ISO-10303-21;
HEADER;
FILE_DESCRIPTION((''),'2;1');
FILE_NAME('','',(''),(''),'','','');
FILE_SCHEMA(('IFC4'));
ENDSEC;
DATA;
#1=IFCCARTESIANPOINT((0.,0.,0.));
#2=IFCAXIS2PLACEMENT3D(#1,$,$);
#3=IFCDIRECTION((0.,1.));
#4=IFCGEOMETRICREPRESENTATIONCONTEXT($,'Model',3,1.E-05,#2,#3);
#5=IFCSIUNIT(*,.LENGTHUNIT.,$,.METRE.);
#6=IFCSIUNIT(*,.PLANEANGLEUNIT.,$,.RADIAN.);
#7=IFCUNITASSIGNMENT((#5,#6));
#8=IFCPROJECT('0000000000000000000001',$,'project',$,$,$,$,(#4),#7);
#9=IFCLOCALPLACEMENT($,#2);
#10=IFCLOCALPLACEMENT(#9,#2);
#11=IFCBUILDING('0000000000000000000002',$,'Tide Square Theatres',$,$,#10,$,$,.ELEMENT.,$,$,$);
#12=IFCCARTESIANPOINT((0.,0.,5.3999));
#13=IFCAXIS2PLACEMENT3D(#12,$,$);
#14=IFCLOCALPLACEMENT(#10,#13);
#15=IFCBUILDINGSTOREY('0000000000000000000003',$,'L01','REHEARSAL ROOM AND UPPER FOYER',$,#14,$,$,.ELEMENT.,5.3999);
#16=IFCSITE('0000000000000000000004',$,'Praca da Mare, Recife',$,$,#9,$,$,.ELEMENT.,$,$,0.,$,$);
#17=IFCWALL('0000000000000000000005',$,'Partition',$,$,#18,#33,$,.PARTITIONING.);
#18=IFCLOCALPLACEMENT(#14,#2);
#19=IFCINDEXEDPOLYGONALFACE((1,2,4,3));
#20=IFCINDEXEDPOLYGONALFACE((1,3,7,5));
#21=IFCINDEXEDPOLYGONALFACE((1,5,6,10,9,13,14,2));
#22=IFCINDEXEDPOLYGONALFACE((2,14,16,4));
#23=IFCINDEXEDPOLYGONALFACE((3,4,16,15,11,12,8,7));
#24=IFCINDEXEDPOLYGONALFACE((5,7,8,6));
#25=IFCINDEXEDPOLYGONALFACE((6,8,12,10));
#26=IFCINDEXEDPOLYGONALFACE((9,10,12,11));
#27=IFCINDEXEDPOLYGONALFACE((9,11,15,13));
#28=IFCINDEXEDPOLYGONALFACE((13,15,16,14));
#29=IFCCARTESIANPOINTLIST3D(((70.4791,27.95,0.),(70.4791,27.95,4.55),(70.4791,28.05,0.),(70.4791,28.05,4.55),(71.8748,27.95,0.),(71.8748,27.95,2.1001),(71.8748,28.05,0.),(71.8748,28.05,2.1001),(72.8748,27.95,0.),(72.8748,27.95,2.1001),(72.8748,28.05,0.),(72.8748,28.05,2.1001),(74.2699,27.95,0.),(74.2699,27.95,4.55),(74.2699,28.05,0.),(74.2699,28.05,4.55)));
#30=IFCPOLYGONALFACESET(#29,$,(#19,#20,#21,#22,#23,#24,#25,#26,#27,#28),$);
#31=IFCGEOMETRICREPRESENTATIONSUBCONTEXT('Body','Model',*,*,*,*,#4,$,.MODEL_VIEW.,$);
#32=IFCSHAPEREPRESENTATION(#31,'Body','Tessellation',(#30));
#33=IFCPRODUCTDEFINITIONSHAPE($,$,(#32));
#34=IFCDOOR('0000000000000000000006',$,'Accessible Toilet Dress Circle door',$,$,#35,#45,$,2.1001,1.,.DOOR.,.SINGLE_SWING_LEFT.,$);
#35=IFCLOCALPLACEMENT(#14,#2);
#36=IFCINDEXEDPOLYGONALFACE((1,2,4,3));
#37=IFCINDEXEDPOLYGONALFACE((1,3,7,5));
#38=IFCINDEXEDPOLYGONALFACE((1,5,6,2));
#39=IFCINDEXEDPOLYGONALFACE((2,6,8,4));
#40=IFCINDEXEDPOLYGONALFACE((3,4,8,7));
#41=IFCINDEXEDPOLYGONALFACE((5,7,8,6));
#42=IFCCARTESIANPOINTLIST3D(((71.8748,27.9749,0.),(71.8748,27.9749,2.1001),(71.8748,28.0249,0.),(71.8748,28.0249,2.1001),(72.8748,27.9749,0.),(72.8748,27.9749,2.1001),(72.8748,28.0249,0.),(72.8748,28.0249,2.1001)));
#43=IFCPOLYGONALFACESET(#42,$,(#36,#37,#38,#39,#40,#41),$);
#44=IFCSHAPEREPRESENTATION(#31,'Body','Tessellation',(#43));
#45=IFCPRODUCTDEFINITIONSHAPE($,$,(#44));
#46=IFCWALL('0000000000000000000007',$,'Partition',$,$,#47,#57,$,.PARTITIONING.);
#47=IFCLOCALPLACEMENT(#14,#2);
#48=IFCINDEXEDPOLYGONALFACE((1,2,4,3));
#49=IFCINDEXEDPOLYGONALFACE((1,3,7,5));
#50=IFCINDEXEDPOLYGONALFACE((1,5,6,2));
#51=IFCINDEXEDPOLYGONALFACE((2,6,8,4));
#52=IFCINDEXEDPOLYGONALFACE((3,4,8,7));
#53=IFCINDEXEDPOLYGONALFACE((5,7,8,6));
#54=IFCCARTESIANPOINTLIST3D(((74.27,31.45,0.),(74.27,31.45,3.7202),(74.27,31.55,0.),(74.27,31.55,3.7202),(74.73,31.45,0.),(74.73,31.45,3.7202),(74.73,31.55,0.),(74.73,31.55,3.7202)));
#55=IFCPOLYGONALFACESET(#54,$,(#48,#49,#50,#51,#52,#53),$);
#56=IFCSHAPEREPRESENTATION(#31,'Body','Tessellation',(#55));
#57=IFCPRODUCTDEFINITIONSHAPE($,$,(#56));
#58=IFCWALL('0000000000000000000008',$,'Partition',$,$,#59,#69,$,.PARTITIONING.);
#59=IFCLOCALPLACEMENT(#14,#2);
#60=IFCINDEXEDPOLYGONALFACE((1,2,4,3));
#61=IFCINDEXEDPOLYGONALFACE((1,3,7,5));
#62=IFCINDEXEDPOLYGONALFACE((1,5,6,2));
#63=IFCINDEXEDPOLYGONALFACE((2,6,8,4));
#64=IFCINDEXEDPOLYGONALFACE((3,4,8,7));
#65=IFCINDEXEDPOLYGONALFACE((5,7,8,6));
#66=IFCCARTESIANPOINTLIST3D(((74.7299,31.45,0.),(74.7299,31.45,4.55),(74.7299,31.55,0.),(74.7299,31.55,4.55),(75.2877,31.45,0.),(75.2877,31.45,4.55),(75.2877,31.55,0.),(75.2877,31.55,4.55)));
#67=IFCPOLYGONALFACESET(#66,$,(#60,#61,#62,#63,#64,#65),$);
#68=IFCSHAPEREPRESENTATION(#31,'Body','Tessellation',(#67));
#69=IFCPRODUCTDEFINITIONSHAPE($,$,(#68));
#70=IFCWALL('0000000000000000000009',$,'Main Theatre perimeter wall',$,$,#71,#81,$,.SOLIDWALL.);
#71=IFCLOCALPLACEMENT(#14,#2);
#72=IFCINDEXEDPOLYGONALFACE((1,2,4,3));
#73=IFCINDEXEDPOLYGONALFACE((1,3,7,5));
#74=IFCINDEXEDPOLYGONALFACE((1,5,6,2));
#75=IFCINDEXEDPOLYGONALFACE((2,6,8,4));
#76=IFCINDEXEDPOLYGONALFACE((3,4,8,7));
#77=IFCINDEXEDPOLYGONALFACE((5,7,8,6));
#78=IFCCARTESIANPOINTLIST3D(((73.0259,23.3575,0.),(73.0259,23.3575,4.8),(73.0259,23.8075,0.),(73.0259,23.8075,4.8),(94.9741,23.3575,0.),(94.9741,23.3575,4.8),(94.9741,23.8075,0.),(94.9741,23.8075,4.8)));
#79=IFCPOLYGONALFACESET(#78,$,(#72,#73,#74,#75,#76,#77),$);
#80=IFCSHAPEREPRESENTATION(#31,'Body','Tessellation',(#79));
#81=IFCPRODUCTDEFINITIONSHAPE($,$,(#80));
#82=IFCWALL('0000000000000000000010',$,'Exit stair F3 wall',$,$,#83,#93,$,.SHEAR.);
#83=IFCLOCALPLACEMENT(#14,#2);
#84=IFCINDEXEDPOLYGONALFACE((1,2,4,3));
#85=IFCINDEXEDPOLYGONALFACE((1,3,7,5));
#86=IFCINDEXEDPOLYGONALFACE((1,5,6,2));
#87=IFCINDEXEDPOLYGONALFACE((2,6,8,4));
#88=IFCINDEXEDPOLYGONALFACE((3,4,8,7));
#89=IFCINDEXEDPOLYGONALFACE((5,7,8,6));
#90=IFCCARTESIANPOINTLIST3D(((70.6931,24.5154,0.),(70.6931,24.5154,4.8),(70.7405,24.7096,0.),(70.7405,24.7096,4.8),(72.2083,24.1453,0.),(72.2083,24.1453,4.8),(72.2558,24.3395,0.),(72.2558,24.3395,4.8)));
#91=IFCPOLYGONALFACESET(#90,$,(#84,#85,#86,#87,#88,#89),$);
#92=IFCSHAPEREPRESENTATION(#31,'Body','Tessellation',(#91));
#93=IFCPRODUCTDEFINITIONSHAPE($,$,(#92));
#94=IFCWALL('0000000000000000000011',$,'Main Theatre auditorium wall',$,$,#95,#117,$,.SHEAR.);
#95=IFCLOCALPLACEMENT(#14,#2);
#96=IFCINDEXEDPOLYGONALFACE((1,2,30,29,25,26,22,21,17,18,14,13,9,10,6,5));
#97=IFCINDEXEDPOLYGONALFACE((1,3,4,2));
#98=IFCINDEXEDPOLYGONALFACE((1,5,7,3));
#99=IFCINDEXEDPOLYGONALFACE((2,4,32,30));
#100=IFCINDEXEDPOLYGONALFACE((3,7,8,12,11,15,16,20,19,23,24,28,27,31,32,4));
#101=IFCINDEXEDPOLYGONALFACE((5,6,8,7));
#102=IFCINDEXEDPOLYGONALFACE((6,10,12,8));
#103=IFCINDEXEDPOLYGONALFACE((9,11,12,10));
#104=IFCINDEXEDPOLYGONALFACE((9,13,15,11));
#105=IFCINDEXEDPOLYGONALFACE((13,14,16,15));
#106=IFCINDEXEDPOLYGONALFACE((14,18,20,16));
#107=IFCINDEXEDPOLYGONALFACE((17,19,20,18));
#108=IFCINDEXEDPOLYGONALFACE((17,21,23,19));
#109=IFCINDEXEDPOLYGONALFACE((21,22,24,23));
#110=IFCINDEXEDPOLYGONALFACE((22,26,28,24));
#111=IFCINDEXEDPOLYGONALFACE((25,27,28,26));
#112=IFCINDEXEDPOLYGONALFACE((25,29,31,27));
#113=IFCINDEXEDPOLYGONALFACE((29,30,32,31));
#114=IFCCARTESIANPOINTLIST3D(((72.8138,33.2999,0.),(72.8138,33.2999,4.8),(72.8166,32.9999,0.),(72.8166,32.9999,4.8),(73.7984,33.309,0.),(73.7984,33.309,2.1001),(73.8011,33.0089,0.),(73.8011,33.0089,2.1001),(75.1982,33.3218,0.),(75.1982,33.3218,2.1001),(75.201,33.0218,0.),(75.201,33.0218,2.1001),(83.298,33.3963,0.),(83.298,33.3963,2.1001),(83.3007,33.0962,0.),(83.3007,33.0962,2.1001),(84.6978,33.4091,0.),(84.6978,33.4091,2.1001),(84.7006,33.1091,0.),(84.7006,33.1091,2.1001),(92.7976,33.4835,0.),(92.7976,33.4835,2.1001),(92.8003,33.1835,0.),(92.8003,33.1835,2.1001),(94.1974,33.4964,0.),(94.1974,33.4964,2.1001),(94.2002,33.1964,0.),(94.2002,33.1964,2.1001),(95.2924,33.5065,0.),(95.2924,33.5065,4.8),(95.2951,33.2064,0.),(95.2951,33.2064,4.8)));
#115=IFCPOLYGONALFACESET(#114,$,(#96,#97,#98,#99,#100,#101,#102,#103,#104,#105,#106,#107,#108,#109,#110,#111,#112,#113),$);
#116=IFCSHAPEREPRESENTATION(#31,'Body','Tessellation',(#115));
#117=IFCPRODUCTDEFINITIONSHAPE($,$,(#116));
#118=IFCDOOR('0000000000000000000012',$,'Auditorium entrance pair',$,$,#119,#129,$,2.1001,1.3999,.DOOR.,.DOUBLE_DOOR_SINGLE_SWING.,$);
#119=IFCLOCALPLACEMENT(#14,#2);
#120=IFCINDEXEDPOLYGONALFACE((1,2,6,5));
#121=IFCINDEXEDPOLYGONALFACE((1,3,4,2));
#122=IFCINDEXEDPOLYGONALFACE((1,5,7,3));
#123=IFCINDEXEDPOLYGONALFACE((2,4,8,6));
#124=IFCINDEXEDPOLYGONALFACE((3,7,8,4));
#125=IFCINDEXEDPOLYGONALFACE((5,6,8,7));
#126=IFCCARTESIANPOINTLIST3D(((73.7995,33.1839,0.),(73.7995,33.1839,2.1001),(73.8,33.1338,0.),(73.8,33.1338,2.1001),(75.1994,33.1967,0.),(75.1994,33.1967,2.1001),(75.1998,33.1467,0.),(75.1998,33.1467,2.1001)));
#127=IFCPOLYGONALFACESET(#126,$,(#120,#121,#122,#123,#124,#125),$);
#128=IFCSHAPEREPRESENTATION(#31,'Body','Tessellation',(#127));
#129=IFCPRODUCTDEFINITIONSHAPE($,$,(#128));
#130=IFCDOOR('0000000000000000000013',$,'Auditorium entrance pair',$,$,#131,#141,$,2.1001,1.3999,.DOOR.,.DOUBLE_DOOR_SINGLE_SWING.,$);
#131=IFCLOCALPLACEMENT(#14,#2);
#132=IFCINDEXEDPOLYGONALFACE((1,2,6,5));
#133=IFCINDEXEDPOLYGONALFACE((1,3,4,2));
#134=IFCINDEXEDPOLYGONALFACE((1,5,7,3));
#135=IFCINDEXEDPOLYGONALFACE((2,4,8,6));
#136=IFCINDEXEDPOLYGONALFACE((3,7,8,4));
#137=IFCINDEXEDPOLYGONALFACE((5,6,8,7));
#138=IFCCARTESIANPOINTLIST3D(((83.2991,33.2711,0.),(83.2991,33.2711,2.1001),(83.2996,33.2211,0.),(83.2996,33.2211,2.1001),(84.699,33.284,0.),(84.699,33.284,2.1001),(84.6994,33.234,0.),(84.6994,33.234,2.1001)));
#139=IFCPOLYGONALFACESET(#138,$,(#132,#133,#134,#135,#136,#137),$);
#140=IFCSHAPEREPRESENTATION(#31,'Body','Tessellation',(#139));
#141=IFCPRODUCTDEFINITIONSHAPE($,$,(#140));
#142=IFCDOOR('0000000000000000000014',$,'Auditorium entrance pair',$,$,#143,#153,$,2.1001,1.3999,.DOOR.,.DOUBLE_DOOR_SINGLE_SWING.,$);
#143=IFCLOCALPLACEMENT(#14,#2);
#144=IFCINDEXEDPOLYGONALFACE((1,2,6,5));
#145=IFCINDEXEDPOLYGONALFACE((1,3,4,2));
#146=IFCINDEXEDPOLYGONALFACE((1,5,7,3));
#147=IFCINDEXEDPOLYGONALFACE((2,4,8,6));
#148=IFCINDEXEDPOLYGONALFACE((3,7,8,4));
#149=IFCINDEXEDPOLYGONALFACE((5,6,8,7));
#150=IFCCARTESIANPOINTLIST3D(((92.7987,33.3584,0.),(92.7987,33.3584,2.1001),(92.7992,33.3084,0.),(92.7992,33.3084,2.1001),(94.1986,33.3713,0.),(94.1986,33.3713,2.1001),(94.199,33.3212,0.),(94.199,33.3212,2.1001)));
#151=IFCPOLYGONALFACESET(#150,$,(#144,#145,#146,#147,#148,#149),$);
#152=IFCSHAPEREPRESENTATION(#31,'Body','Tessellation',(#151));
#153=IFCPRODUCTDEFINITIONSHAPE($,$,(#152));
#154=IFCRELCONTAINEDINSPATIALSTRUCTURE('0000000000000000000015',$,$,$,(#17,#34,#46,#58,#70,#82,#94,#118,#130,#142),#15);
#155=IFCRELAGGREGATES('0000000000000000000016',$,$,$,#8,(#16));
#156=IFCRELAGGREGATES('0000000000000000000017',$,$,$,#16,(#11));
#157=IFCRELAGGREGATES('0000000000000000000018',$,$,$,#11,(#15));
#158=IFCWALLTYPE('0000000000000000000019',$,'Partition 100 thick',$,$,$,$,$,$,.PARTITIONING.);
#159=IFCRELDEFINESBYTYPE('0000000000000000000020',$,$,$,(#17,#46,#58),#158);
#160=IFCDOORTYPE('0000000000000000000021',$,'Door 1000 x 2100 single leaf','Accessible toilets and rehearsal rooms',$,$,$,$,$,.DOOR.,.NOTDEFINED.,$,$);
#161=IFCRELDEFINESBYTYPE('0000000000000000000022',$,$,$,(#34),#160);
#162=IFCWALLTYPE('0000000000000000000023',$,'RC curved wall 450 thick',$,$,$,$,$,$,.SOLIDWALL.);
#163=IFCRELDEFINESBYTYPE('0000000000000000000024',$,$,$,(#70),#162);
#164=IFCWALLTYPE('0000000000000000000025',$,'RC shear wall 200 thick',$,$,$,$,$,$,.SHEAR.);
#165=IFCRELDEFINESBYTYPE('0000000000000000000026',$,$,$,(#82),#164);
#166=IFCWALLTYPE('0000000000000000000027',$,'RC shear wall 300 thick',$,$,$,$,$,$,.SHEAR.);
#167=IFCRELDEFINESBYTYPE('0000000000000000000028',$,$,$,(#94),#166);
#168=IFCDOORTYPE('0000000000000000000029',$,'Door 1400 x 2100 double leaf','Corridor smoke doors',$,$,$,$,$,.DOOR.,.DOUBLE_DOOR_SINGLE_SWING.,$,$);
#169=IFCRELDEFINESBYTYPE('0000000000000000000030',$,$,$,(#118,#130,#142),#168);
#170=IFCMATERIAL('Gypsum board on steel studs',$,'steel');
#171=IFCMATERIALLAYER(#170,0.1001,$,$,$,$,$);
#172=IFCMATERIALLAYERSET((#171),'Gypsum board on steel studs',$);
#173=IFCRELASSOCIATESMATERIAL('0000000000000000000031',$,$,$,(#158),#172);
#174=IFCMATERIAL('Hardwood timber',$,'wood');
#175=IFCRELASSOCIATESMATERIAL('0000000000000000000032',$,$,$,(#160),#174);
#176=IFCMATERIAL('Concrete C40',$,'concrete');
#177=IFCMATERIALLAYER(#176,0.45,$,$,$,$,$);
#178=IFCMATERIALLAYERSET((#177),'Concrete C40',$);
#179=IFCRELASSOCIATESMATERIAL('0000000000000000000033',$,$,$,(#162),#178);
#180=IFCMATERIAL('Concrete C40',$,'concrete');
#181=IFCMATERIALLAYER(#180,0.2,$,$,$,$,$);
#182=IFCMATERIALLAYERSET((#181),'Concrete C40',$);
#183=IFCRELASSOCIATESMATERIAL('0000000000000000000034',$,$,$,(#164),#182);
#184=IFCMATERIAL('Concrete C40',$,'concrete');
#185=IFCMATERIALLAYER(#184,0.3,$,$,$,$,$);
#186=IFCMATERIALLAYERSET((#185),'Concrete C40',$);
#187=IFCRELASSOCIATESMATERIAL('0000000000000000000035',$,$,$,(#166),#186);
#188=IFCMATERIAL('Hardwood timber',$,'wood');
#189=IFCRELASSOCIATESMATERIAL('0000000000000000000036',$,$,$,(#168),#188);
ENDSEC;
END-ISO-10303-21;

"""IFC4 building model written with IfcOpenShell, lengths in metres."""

from ifc_helpers import new_model, si_unit, direction, frame, frame_2d, origin, place, context, subcontext, project, spatial, rectangle, extrude, material, layer, layer_set, type_object, element, fill, save


model = new_model("IFC4")

# Units and contexts
model_context = context("Model", 3, precision=1e-05, world=origin(), true_north=direction((0.0, 1.0)))
body_context = subcontext(model_context, "Body", "Model", "MODEL_VIEW")
ifc_project = project(units=[si_unit("LENGTHUNIT", "METRE"), si_unit("PLANEANGLEUNIT", "RADIAN")], contexts=[model_context])

# Site, building, storey
site_placement = place(None, origin())
site = spatial("IfcSite", under=ifc_project, at=site_placement, Name="Praca da Mare, Recife", CompositionType="ELEMENT", RefElevation=0.0)
building_placement = place(site_placement, origin())
building = spatial("IfcBuilding", under=site, at=building_placement, Name="Tide Square Theatres", CompositionType="ELEMENT")
storey_placement = place(building_placement, frame((0.0, 0.0, 5.3999)))
storey = spatial("IfcBuildingStorey", under=building, at=storey_placement, Name="L01", Description="REHEARSAL ROOM AND UPPER FOYER", CompositionType="ELEMENT", Elevation=5.3999)

# Shared definitions
ifc_material_1 = material(Name="Gypsum board on steel studs", Category="steel")
ifc_layer_1 = layer(ifc_material_1, 0.1001)
ifc_layer_set_1 = layer_set([ifc_layer_1], Name="Gypsum board on steel studs")
wall_type_1 = type_object("IfcWallType", Name="Partition 100 thick", PredefinedType="PARTITIONING", material=ifc_layer_set_1)

# Wall, opening, door
wall_1_placement = place(storey_placement, frame((74.27, 28.0, 0.0), z_axis=(0.0, 0.0, 1.0), x_axis=(-1.0, 0.0, 0.0)))
wall_1 = element("IfcWall", 1, at=wall_1_placement, inside=storey, type_object=wall_type_1, Name="Partition", PredefinedType="PARTITIONING", context=body_context, shape_type="SweptSolid", body=[
    extrude(rectangle(XDim=3.7908, YDim=0.1001, at=frame_2d((1.8955, 0.0))), origin(), (0.0, 0.0, 1.0), 4.55),
])
opening_1_placement = place(wall_1_placement, frame((1.3953, 0.0, 0.0)))
opening_1 = element("IfcOpeningElement", 2, at=opening_1_placement, cuts=wall_1, PredefinedType="OPENING", context=body_context, shape_type="SweptSolid", body=[
    extrude(rectangle(XDim=1.0, YDim=2.1001, at=frame_2d((0.5, 1.05))), frame((0.0, 0.0601, 0.0), z_axis=(0.0, -1.0, 0.0), x_axis=(1.0, 0.0, 0.0)), (0.0, 0.0, 1.0), 0.1201),
])
ifc_material_2 = material(Name="Hardwood timber", Category="wood")
door_type_1 = type_object("IfcDoorType", Name="Door 1000 x 2100 single leaf", Description="Accessible toilets and rehearsal rooms", OperationType="NOTDEFINED", PredefinedType="DOOR", material=ifc_material_2)
door_1_placement = place(opening_1_placement, frame((1.0, 0.0, 0.0), z_axis=(0.0, 0.0, 1.0), x_axis=(-1.0, 0.0, 0.0)))
door_1 = element("IfcDoor", 3, at=door_1_placement, inside=storey, type_object=door_type_1, Name="Accessible Toilet Dress Circle door", OperationType="SINGLE_SWING_LEFT", OverallHeight=2.1001, OverallWidth=1.0, PredefinedType="DOOR", context=body_context, shape_type="SweptSolid", body=[
    extrude(rectangle(XDim=1.0, YDim=2.1001, at=frame_2d((0.5, 1.05))), frame((0.0, 0.0249, 0.0), z_axis=(0.0, -1.0, 0.0), x_axis=(1.0, 0.0, 0.0)), (0.0, 0.0, 1.0), 0.05),
])
fill(opening_1, door_1)

# Walls
wall_2_placement = place(storey_placement, frame((74.27, 31.5, 0.0), z_axis=(0.0, 0.0, 1.0), x_axis=(1.0, 0.0, 0.0)))
element("IfcWall", 4, at=wall_2_placement, inside=storey, type_object=wall_type_1, Name="Partition", PredefinedType="PARTITIONING", context=body_context, shape_type="SweptSolid", body=[
    extrude(rectangle(XDim=0.46, YDim=0.1001, at=frame_2d((0.23, 0.0))), origin(), (0.0, 0.0, 1.0), 3.7202),
])
wall_3_placement = place(storey_placement, frame((74.73, 31.5, 0.0), z_axis=(0.0, 0.0, 1.0), x_axis=(1.0, 0.0, 0.0)))
element("IfcWall", 5, at=wall_3_placement, inside=storey, type_object=wall_type_1, Name="Partition", PredefinedType="PARTITIONING", context=body_context, shape_type="SweptSolid", body=[
    extrude(rectangle(XDim=0.5579, YDim=0.1001, at=frame_2d((0.2788, 0.0))), origin(), (0.0, 0.0, 1.0), 4.55),
])
ifc_material_3 = material(Name="Concrete C40", Category="concrete")
ifc_layer_2 = layer(ifc_material_3, 0.45)
ifc_layer_set_2 = layer_set([ifc_layer_2], Name="Concrete C40")
wall_type_2 = type_object("IfcWallType", Name="RC curved wall 450 thick", PredefinedType="SOLIDWALL", material=ifc_layer_set_2)
wall_4_placement = place(storey_placement, frame((73.0259, 23.5825, 0.0), z_axis=(0.0, 0.0, 1.0), x_axis=(1.0, 0.0, 0.0)))
element("IfcWall", 6, at=wall_4_placement, inside=storey, type_object=wall_type_2, Name="Main Theatre perimeter wall", PredefinedType="SOLIDWALL", context=body_context, shape_type="SweptSolid", body=[
    extrude(rectangle(XDim=21.9482, YDim=0.45, at=frame_2d((10.9741, 0.0))), origin(), (0.0, 0.0, 1.0), 4.8),
])
ifc_material_4 = material(Name="Concrete C40", Category="concrete")
ifc_layer_3 = layer(ifc_material_4, 0.2)
ifc_layer_set_3 = layer_set([ifc_layer_3], Name="Concrete C40")
wall_type_3 = type_object("IfcWallType", Name="RC shear wall 200 thick", PredefinedType="SHEAR", material=ifc_layer_set_3)
wall_5_placement = place(storey_placement, frame((72.2319, 24.2424, 0.0), z_axis=(0.0, 0.0, 1.0), x_axis=(-0.971445, 0.237266, 0.0)))
element("IfcWall", 7, at=wall_5_placement, inside=storey, type_object=wall_type_3, Name="Exit stair F3 wall", PredefinedType="SHEAR", context=body_context, shape_type="SweptSolid", body=[
    extrude(rectangle(XDim=1.5598, YDim=0.2, at=frame_2d((0.7798, 0.0))), origin(), (0.0, 0.0, 1.0), 4.8),
])

# Wall, openings, doors
ifc_material_5 = material(Name="Concrete C40", Category="concrete")
ifc_layer_4 = layer(ifc_material_5, 0.3)
ifc_layer_set_4 = layer_set([ifc_layer_4], Name="Concrete C40")
wall_type_4 = type_object("IfcWallType", Name="RC shear wall 300 thick", PredefinedType="SHEAR", material=ifc_layer_set_4)
wall_6_placement = place(storey_placement, frame((72.8152, 33.1499, 0.0), z_axis=(0.0, 0.0, 1.0), x_axis=(0.999958, 0.009188, 0.0)))
wall_6 = element("IfcWall", 8, at=wall_6_placement, inside=storey, type_object=wall_type_4, Name="Main Theatre auditorium wall", PredefinedType="SHEAR", context=body_context, shape_type="SweptSolid", body=[
    extrude(rectangle(XDim=22.4795, YDim=0.3, at=frame_2d((11.2397, 0.0))), origin(), (0.0, 0.0, 1.0), 4.8),
])
opening_2_placement = place(wall_6_placement, frame((0.9846, 0.0, 0.0)))
opening_2 = element("IfcOpeningElement", 9, at=opening_2_placement, cuts=wall_6, PredefinedType="OPENING", context=body_context, shape_type="SweptSolid", body=[
    extrude(rectangle(XDim=1.3999, YDim=2.1001, at=frame_2d((0.7, 1.05))), frame((0.0, 0.1599, 0.0), z_axis=(0.0, -1.0, 0.0), x_axis=(1.0, 0.0, 0.0)), (0.0, 0.0, 1.0), 0.3201),
])
opening_3_placement = place(wall_6_placement, frame((10.4846, 0.0, 0.0)))
opening_3 = element("IfcOpeningElement", 10, at=opening_3_placement, cuts=wall_6, PredefinedType="OPENING", context=body_context, shape_type="SweptSolid", body=[
    extrude(rectangle(XDim=1.3999, YDim=2.1001, at=frame_2d((0.7, 1.05))), frame((0.0, 0.1599, 0.0), z_axis=(0.0, -1.0, 0.0), x_axis=(1.0, 0.0, 0.0)), (0.0, 0.0, 1.0), 0.3201),
])
opening_4_placement = place(wall_6_placement, frame((19.9846, 0.0, 0.0)))
opening_4 = element("IfcOpeningElement", 11, at=opening_4_placement, cuts=wall_6, PredefinedType="OPENING", context=body_context, shape_type="SweptSolid", body=[
    extrude(rectangle(XDim=1.3999, YDim=2.1001, at=frame_2d((0.7, 1.05))), frame((0.0, 0.1599, 0.0), z_axis=(0.0, -1.0, 0.0), x_axis=(1.0, 0.0, 0.0)), (0.0, 0.0, 1.0), 0.3201),
])
ifc_material_6 = material(Name="Hardwood timber", Category="wood")
door_type_2 = type_object("IfcDoorType", Name="Door 1400 x 2100 double leaf", Description="Corridor smoke doors", OperationType="DOUBLE_DOOR_SINGLE_SWING", PredefinedType="DOOR", material=ifc_material_6)
door_2_placement = place(opening_2_placement, origin())
door_2 = element("IfcDoor", 12, at=door_2_placement, inside=storey, type_object=door_type_2, Name="Auditorium entrance pair", OperationType="DOUBLE_DOOR_SINGLE_SWING", OverallHeight=2.1001, OverallWidth=1.3999, PredefinedType="DOOR", context=body_context, shape_type="SweptSolid", body=[
    extrude(rectangle(XDim=1.3999, YDim=2.1001, at=frame_2d((0.7, 1.05))), frame((0.0, 0.0249, 0.0), z_axis=(0.0, -1.0, 0.0), x_axis=(1.0, 0.0, 0.0)), (0.0, 0.0, 1.0), 0.05),
])
fill(opening_2, door_2)
door_3_placement = place(opening_3_placement, origin())
door_3 = element("IfcDoor", 13, at=door_3_placement, inside=storey, type_object=door_type_2, Name="Auditorium entrance pair", OperationType="DOUBLE_DOOR_SINGLE_SWING", OverallHeight=2.1001, OverallWidth=1.3999, PredefinedType="DOOR", context=body_context, shape_type="SweptSolid", body=[
    extrude(rectangle(XDim=1.3999, YDim=2.1001, at=frame_2d((0.7, 1.05))), frame((0.0, 0.0249, 0.0), z_axis=(0.0, -1.0, 0.0), x_axis=(1.0, 0.0, 0.0)), (0.0, 0.0, 1.0), 0.05),
])
fill(opening_3, door_3)
door_4_placement = place(opening_4_placement, origin())
door_4 = element("IfcDoor", 14, at=door_4_placement, inside=storey, type_object=door_type_2, Name="Auditorium entrance pair", OperationType="DOUBLE_DOOR_SINGLE_SWING", OverallHeight=2.1001, OverallWidth=1.3999, PredefinedType="DOOR", context=body_context, shape_type="SweptSolid", body=[
    extrude(rectangle(XDim=1.3999, YDim=2.1001, at=frame_2d((0.7, 1.05))), frame((0.0, 0.0249, 0.0), z_axis=(0.0, -1.0, 0.0), x_axis=(1.0, 0.0, 0.0)), (0.0, 0.0, 1.0), 0.05),
])
fill(opening_4, door_4)

save(model, "model.ifc")
